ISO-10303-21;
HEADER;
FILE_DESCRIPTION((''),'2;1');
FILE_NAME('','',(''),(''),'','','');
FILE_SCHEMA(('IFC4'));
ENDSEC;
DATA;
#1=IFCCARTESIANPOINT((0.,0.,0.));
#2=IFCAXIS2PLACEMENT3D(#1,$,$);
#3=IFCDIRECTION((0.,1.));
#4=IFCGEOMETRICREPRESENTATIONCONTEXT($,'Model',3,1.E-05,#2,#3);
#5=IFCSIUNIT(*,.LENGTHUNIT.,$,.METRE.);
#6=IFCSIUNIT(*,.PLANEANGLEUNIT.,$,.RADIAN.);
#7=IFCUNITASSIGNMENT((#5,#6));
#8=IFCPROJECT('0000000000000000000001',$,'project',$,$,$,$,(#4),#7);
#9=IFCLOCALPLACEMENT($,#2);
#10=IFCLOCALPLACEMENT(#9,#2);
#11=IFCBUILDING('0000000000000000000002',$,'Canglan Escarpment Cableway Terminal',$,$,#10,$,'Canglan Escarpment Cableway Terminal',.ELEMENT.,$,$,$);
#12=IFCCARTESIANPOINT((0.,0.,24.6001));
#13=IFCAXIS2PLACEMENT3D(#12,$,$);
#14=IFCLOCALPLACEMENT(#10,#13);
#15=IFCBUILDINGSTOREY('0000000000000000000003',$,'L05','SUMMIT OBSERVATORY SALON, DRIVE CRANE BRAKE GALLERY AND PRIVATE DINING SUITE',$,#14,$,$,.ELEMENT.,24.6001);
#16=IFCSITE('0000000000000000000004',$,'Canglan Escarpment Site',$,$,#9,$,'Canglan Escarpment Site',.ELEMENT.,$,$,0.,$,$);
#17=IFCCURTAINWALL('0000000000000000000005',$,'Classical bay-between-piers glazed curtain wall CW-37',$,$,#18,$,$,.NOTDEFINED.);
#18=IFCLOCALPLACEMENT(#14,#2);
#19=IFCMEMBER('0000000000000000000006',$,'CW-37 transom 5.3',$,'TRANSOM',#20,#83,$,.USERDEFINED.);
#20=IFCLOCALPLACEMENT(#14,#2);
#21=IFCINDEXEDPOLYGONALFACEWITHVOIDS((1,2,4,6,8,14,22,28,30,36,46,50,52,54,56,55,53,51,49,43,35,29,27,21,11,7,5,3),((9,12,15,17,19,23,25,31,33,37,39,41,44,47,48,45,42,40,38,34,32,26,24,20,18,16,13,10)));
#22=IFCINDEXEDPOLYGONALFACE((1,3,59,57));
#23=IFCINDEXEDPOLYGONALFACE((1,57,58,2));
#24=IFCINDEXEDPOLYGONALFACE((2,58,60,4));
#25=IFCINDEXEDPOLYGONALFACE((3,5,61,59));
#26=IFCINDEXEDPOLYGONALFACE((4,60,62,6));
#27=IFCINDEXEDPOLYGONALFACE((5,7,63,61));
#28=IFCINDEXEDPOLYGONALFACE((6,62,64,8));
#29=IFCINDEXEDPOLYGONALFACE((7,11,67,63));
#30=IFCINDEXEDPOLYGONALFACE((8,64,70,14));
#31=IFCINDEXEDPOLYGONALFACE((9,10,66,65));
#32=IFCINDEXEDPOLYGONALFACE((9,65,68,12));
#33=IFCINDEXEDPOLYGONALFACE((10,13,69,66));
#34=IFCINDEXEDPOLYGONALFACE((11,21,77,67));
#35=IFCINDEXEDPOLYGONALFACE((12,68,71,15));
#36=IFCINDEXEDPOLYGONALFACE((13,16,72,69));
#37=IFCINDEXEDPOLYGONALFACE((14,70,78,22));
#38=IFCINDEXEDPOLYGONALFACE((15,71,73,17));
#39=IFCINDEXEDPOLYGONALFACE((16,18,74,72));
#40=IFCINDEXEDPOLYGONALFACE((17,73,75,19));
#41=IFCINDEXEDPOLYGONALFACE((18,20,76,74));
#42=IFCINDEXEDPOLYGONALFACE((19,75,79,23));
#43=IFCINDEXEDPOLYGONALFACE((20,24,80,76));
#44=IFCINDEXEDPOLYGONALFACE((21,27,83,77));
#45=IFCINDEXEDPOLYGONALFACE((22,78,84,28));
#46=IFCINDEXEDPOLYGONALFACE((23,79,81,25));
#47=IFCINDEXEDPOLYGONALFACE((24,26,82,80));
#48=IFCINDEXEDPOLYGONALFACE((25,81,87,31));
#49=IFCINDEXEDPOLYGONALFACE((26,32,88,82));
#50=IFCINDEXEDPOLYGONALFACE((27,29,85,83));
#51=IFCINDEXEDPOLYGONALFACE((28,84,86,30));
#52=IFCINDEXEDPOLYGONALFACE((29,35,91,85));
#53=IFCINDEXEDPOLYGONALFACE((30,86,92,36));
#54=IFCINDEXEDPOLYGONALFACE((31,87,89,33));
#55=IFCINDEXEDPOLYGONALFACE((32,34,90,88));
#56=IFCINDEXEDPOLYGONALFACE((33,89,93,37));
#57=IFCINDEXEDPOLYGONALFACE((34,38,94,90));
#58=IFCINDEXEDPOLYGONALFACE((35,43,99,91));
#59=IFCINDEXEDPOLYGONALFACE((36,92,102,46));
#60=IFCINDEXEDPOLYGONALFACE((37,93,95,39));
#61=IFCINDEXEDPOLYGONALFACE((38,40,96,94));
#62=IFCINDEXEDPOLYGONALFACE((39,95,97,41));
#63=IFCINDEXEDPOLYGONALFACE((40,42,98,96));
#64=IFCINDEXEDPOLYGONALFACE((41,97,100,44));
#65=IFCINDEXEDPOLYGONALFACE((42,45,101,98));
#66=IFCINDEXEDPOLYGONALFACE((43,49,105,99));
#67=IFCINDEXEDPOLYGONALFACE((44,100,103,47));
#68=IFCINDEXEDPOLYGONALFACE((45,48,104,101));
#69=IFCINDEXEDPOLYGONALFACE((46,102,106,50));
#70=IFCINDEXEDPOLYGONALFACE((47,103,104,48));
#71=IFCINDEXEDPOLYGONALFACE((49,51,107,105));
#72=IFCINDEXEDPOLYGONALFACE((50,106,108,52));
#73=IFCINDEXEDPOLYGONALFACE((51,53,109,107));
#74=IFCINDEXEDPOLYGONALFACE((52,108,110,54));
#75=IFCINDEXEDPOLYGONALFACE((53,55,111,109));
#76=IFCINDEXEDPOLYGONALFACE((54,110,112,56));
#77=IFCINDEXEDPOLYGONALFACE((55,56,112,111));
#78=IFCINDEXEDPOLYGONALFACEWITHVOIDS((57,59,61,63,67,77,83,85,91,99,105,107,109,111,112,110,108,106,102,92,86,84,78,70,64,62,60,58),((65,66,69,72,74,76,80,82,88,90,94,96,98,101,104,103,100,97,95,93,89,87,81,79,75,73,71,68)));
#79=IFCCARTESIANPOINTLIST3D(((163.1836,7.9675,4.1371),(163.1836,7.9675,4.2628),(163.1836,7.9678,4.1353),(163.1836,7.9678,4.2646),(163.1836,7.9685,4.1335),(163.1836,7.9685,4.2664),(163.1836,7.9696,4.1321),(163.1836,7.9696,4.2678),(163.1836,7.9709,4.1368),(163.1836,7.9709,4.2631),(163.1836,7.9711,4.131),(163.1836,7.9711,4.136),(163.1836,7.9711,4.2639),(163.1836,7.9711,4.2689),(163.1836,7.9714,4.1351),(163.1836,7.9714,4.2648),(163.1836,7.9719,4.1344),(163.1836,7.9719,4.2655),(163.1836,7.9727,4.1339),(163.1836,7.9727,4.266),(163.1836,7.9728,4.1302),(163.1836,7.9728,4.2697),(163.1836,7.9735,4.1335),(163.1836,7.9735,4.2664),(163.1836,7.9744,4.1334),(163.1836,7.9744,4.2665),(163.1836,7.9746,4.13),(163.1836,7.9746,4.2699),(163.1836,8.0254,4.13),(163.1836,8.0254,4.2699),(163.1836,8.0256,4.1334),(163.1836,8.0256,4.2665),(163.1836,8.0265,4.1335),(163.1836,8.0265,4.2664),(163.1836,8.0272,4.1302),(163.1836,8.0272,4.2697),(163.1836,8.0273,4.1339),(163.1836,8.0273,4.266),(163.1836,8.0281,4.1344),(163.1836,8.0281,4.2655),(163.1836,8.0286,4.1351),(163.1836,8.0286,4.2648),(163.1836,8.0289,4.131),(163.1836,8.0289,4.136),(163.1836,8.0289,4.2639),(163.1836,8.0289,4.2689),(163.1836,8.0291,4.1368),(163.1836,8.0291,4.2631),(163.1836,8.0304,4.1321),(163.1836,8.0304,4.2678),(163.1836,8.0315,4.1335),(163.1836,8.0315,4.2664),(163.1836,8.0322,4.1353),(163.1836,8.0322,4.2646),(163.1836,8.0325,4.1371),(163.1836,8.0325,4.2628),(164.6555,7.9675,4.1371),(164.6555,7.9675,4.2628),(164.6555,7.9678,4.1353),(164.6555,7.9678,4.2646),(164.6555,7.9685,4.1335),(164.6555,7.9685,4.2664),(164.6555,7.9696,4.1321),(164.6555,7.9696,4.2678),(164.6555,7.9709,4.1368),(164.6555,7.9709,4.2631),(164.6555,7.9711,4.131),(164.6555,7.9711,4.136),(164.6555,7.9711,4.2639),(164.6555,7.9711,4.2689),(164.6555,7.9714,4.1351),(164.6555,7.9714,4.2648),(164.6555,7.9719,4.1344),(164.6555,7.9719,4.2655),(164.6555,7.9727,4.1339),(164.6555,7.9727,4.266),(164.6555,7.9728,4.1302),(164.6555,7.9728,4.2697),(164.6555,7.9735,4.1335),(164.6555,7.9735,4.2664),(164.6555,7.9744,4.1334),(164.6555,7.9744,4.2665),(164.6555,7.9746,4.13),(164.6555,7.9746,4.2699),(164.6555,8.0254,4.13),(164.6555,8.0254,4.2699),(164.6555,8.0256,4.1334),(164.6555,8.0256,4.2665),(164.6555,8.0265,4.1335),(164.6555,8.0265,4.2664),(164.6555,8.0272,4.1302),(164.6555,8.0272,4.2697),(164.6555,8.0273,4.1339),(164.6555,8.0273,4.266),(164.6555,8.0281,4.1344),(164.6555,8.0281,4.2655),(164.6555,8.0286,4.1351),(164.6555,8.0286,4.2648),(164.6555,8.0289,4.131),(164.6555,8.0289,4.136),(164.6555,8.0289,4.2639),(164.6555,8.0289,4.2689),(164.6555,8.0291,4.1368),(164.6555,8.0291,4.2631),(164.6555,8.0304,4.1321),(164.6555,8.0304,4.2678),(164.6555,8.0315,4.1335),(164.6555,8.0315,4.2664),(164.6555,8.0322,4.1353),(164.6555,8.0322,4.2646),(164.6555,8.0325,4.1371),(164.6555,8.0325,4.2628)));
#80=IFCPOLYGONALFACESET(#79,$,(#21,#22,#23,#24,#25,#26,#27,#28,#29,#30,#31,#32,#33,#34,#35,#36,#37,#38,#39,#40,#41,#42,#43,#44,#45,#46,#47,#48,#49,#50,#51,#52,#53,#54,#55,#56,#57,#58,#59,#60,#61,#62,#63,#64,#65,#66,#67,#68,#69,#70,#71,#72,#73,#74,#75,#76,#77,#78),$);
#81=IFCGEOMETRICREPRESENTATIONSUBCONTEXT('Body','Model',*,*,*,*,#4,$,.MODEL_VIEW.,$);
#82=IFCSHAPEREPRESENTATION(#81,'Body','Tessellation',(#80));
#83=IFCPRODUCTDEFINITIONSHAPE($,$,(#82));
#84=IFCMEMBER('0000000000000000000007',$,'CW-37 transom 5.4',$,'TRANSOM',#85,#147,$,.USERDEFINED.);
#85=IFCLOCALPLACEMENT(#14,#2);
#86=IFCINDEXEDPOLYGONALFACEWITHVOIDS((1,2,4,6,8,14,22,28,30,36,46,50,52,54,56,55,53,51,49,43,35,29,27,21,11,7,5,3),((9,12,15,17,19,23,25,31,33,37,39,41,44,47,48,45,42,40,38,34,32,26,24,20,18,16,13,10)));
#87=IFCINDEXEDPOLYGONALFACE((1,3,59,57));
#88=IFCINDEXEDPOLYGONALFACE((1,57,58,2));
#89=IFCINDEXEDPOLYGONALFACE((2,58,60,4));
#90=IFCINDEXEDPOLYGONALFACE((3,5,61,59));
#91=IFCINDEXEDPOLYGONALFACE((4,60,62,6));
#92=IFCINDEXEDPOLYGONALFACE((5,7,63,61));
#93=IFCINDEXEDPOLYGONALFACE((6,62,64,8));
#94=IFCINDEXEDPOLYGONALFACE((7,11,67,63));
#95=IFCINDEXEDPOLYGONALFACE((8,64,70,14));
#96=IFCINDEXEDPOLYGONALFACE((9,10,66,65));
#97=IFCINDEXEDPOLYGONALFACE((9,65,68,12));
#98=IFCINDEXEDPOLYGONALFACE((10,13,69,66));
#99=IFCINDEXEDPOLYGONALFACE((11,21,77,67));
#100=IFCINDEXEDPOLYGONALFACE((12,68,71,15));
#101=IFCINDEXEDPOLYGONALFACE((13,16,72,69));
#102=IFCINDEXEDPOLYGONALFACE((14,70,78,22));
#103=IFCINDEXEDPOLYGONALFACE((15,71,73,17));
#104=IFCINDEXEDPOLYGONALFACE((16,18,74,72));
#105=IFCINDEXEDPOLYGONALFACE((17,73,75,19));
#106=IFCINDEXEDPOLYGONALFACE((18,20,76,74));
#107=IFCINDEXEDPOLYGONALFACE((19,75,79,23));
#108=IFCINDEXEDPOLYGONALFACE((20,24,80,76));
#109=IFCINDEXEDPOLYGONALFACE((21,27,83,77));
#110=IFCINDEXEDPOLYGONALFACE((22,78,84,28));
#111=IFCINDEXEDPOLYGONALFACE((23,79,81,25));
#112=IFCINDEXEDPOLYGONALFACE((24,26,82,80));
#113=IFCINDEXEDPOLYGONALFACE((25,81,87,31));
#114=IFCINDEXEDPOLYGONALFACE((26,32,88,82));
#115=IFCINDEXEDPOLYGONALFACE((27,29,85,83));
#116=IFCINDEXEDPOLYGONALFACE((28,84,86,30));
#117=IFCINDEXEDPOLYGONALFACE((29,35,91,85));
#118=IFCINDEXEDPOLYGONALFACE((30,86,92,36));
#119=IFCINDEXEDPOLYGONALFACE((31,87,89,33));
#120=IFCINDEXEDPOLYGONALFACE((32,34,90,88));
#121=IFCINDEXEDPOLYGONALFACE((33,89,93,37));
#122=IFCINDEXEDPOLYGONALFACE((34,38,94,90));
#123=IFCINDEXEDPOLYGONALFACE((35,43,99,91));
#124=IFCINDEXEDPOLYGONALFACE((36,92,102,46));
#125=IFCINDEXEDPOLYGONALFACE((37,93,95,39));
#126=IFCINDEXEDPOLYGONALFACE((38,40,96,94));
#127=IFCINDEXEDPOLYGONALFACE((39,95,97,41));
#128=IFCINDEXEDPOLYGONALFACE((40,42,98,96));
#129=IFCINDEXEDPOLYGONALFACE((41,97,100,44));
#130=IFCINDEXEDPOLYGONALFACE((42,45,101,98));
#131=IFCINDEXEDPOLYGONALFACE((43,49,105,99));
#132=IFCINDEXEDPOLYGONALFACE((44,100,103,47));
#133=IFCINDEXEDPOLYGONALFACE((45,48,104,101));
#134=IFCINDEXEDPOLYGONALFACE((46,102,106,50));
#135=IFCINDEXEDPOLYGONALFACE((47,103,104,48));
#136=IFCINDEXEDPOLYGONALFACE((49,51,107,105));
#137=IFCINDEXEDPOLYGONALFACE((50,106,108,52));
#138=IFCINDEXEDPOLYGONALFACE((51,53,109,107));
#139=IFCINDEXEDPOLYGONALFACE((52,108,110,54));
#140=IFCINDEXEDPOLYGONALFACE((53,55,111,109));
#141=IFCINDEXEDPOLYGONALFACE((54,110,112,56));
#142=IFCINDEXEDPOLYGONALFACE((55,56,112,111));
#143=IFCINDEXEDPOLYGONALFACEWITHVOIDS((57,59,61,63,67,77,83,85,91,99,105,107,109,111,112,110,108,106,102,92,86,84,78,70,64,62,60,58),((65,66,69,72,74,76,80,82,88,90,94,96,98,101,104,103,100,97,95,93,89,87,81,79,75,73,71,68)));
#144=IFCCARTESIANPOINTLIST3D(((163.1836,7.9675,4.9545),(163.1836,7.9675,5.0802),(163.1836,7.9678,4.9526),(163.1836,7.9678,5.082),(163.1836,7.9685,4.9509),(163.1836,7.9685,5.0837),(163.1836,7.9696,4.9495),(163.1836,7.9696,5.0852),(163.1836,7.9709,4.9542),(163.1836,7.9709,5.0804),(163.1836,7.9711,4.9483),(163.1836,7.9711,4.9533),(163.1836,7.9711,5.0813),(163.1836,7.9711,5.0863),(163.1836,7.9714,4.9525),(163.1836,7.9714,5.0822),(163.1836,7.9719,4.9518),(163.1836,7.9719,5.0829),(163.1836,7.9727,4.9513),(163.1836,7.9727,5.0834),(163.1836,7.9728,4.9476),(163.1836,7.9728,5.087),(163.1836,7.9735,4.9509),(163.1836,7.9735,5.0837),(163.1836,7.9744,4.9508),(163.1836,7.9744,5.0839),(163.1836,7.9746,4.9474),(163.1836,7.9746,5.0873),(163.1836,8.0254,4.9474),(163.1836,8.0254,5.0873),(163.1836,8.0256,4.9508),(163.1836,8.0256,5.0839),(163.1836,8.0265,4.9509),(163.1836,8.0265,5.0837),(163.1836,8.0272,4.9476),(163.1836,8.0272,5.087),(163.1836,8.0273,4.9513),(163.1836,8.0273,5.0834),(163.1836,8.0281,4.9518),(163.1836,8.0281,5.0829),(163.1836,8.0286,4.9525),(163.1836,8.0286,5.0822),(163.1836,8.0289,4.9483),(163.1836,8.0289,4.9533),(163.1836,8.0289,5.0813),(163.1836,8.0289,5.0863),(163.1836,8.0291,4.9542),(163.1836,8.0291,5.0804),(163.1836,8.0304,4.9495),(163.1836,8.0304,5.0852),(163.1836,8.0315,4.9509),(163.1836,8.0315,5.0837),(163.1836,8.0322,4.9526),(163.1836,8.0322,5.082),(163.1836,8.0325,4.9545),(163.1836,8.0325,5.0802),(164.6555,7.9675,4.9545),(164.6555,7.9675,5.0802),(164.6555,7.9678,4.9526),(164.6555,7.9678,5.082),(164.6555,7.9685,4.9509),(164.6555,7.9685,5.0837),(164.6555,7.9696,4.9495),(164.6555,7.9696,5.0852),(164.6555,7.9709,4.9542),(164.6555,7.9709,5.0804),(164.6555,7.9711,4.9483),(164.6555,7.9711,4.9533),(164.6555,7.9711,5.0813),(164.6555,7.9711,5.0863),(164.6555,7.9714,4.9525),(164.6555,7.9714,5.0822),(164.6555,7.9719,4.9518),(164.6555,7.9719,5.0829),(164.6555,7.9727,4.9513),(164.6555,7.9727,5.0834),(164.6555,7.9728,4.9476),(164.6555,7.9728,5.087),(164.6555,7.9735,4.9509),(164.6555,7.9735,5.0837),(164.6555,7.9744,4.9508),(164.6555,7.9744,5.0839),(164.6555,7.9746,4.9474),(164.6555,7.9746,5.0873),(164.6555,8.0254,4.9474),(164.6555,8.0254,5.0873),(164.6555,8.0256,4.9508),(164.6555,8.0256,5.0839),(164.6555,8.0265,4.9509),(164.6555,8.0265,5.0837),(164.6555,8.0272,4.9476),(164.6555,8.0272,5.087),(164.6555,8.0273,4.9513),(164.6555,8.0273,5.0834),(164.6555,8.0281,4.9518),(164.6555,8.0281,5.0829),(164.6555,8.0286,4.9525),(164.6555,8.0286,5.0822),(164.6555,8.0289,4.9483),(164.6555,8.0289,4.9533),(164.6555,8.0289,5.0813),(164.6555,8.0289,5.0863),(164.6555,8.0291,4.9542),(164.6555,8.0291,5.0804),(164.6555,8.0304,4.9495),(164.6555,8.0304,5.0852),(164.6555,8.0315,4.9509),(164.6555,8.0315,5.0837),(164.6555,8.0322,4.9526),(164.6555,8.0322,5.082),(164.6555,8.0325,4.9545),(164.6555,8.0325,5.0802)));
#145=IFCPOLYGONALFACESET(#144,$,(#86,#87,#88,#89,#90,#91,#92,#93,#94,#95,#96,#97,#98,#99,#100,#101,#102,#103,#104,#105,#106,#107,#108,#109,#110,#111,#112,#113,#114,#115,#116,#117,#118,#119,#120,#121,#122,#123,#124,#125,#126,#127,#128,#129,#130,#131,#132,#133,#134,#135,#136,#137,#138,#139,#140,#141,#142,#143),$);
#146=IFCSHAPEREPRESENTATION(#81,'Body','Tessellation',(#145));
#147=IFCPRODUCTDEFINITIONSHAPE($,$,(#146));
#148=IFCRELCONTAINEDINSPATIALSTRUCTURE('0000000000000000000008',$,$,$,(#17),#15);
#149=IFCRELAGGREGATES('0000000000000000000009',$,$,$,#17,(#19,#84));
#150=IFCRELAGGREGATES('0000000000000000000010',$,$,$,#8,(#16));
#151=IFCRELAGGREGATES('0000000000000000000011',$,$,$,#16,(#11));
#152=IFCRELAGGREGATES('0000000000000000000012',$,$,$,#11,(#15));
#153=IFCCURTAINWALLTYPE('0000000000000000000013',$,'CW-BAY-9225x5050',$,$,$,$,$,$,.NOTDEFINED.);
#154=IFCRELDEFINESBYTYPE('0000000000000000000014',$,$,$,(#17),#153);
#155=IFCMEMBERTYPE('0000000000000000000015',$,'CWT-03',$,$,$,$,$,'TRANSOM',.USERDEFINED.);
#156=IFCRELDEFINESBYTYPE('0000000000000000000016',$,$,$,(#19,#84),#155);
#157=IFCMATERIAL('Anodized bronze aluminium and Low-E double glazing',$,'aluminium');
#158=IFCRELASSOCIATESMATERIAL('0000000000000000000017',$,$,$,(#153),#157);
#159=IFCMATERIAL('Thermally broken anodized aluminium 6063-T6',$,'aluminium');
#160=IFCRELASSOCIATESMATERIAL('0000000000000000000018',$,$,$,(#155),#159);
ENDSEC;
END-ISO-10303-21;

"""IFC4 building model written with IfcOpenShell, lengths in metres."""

from ifc_helpers import new_model, si_unit, direction, frame, origin, origin_2d, place, context, subcontext, project, spatial, hollow_rectangle, extrude, material, material_profile, profile_set, type_object, element, aggregate, save


model = new_model("IFC4")

# Units and contexts
model_context = context("Model", 3, precision=1e-05, world=origin(), true_north=direction((0.0, 1.0)))
body_context = subcontext(model_context, "Body", "Model", "MODEL_VIEW")
ifc_project = project(units=[si_unit("LENGTHUNIT", "METRE"), si_unit("PLANEANGLEUNIT", "RADIAN")], contexts=[model_context])

# Site, building, storey
site_placement = place(None, origin())
site = spatial("IfcSite", under=ifc_project, at=site_placement, Name="Canglan Escarpment Site", LongName="Canglan Escarpment Site", CompositionType="ELEMENT", RefElevation=0.0)
building_placement = place(site_placement, origin())
building = spatial("IfcBuilding", under=site, at=building_placement, Name="Canglan Escarpment Cableway Terminal", LongName="Canglan Escarpment Cableway Terminal", CompositionType="ELEMENT")
storey_placement = place(building_placement, frame((0.0, 0.0, 24.6001)))
storey = spatial("IfcBuildingStorey", under=building, at=storey_placement, Name="L05", Description="SUMMIT OBSERVATORY SALON, DRIVE CRANE BRAKE GALLERY AND PRIVATE DINING SUITE", CompositionType="ELEMENT", Elevation=24.6001)

# Curtain wall, members
ifc_material_1 = material(Name="Anodized bronze aluminium and Low-E double glazing", Category="aluminium")
curtain_wall_type = type_object("IfcCurtainWallType", Name="CW-BAY-9225x5050", PredefinedType="NOTDEFINED", material=ifc_material_1)
curtain_wall_placement = place(storey_placement, origin())
curtain_wall = element("IfcCurtainWall", 1, at=curtain_wall_placement, inside=storey, type_object=curtain_wall_type, Name="Classical bay-between-piers glazed curtain wall CW-37", PredefinedType="NOTDEFINED")
ifc_material_2 = material(Name="Thermally broken anodized aluminium 6063-T6", Category="aluminium")
ifc_material_profile_1 = material_profile(ifc_material_2, hollow_rectangle(XDim=0.0649, YDim=0.1399, WallThickness=0.0034, InnerFilletRadius=0.0034, OuterFilletRadius=0.0071, at=origin_2d()), Name="ALU-TRAN 65x140x3.5")
ifc_profile_set_1 = profile_set([ifc_material_profile_1], Name="Thermally broken anodized aluminium 6063-T6")
member_type_1 = type_object("IfcMemberType", Name="CWT-03", ElementType="TRANSOM", PredefinedType="USERDEFINED", material=ifc_profile_set_1)
member_1_placement = place(storey_placement, frame((163.1836, 8.0, 4.2), z_axis=(1.0, 0.0, 0.0), x_axis=(0.0, 1.0, 0.0)))
member_1 = element("IfcMember", 2, at=member_1_placement, type_object=member_type_1, Name="CW-37 transom 5.3", ObjectType="TRANSOM", PredefinedType="USERDEFINED", context=body_context, shape_type="SweptSolid", body=[
    extrude(hollow_rectangle(XDim=0.0649, YDim=0.1399, WallThickness=0.0034, InnerFilletRadius=0.0034, OuterFilletRadius=0.0071, at=origin_2d()), origin(), (0.0, 0.0, 1.0), 1.4719),
])
member_2_placement = place(storey_placement, frame((163.1836, 8.0, 5.0173), z_axis=(1.0, 0.0, 0.0), x_axis=(0.0, 1.0, 0.0)))
member_2 = element("IfcMember", 3, at=member_2_placement, type_object=member_type_1, Name="CW-37 transom 5.4", ObjectType="TRANSOM", PredefinedType="USERDEFINED", context=body_context, shape_type="SweptSolid", body=[
    extrude(hollow_rectangle(XDim=0.0649, YDim=0.1399, WallThickness=0.0034, InnerFilletRadius=0.0034, OuterFilletRadius=0.0071, at=origin_2d()), origin(), (0.0, 0.0, 1.0), 1.4719),
])

aggregate(curtain_wall, [member_1, member_2])

save(model, "model.ifc")
